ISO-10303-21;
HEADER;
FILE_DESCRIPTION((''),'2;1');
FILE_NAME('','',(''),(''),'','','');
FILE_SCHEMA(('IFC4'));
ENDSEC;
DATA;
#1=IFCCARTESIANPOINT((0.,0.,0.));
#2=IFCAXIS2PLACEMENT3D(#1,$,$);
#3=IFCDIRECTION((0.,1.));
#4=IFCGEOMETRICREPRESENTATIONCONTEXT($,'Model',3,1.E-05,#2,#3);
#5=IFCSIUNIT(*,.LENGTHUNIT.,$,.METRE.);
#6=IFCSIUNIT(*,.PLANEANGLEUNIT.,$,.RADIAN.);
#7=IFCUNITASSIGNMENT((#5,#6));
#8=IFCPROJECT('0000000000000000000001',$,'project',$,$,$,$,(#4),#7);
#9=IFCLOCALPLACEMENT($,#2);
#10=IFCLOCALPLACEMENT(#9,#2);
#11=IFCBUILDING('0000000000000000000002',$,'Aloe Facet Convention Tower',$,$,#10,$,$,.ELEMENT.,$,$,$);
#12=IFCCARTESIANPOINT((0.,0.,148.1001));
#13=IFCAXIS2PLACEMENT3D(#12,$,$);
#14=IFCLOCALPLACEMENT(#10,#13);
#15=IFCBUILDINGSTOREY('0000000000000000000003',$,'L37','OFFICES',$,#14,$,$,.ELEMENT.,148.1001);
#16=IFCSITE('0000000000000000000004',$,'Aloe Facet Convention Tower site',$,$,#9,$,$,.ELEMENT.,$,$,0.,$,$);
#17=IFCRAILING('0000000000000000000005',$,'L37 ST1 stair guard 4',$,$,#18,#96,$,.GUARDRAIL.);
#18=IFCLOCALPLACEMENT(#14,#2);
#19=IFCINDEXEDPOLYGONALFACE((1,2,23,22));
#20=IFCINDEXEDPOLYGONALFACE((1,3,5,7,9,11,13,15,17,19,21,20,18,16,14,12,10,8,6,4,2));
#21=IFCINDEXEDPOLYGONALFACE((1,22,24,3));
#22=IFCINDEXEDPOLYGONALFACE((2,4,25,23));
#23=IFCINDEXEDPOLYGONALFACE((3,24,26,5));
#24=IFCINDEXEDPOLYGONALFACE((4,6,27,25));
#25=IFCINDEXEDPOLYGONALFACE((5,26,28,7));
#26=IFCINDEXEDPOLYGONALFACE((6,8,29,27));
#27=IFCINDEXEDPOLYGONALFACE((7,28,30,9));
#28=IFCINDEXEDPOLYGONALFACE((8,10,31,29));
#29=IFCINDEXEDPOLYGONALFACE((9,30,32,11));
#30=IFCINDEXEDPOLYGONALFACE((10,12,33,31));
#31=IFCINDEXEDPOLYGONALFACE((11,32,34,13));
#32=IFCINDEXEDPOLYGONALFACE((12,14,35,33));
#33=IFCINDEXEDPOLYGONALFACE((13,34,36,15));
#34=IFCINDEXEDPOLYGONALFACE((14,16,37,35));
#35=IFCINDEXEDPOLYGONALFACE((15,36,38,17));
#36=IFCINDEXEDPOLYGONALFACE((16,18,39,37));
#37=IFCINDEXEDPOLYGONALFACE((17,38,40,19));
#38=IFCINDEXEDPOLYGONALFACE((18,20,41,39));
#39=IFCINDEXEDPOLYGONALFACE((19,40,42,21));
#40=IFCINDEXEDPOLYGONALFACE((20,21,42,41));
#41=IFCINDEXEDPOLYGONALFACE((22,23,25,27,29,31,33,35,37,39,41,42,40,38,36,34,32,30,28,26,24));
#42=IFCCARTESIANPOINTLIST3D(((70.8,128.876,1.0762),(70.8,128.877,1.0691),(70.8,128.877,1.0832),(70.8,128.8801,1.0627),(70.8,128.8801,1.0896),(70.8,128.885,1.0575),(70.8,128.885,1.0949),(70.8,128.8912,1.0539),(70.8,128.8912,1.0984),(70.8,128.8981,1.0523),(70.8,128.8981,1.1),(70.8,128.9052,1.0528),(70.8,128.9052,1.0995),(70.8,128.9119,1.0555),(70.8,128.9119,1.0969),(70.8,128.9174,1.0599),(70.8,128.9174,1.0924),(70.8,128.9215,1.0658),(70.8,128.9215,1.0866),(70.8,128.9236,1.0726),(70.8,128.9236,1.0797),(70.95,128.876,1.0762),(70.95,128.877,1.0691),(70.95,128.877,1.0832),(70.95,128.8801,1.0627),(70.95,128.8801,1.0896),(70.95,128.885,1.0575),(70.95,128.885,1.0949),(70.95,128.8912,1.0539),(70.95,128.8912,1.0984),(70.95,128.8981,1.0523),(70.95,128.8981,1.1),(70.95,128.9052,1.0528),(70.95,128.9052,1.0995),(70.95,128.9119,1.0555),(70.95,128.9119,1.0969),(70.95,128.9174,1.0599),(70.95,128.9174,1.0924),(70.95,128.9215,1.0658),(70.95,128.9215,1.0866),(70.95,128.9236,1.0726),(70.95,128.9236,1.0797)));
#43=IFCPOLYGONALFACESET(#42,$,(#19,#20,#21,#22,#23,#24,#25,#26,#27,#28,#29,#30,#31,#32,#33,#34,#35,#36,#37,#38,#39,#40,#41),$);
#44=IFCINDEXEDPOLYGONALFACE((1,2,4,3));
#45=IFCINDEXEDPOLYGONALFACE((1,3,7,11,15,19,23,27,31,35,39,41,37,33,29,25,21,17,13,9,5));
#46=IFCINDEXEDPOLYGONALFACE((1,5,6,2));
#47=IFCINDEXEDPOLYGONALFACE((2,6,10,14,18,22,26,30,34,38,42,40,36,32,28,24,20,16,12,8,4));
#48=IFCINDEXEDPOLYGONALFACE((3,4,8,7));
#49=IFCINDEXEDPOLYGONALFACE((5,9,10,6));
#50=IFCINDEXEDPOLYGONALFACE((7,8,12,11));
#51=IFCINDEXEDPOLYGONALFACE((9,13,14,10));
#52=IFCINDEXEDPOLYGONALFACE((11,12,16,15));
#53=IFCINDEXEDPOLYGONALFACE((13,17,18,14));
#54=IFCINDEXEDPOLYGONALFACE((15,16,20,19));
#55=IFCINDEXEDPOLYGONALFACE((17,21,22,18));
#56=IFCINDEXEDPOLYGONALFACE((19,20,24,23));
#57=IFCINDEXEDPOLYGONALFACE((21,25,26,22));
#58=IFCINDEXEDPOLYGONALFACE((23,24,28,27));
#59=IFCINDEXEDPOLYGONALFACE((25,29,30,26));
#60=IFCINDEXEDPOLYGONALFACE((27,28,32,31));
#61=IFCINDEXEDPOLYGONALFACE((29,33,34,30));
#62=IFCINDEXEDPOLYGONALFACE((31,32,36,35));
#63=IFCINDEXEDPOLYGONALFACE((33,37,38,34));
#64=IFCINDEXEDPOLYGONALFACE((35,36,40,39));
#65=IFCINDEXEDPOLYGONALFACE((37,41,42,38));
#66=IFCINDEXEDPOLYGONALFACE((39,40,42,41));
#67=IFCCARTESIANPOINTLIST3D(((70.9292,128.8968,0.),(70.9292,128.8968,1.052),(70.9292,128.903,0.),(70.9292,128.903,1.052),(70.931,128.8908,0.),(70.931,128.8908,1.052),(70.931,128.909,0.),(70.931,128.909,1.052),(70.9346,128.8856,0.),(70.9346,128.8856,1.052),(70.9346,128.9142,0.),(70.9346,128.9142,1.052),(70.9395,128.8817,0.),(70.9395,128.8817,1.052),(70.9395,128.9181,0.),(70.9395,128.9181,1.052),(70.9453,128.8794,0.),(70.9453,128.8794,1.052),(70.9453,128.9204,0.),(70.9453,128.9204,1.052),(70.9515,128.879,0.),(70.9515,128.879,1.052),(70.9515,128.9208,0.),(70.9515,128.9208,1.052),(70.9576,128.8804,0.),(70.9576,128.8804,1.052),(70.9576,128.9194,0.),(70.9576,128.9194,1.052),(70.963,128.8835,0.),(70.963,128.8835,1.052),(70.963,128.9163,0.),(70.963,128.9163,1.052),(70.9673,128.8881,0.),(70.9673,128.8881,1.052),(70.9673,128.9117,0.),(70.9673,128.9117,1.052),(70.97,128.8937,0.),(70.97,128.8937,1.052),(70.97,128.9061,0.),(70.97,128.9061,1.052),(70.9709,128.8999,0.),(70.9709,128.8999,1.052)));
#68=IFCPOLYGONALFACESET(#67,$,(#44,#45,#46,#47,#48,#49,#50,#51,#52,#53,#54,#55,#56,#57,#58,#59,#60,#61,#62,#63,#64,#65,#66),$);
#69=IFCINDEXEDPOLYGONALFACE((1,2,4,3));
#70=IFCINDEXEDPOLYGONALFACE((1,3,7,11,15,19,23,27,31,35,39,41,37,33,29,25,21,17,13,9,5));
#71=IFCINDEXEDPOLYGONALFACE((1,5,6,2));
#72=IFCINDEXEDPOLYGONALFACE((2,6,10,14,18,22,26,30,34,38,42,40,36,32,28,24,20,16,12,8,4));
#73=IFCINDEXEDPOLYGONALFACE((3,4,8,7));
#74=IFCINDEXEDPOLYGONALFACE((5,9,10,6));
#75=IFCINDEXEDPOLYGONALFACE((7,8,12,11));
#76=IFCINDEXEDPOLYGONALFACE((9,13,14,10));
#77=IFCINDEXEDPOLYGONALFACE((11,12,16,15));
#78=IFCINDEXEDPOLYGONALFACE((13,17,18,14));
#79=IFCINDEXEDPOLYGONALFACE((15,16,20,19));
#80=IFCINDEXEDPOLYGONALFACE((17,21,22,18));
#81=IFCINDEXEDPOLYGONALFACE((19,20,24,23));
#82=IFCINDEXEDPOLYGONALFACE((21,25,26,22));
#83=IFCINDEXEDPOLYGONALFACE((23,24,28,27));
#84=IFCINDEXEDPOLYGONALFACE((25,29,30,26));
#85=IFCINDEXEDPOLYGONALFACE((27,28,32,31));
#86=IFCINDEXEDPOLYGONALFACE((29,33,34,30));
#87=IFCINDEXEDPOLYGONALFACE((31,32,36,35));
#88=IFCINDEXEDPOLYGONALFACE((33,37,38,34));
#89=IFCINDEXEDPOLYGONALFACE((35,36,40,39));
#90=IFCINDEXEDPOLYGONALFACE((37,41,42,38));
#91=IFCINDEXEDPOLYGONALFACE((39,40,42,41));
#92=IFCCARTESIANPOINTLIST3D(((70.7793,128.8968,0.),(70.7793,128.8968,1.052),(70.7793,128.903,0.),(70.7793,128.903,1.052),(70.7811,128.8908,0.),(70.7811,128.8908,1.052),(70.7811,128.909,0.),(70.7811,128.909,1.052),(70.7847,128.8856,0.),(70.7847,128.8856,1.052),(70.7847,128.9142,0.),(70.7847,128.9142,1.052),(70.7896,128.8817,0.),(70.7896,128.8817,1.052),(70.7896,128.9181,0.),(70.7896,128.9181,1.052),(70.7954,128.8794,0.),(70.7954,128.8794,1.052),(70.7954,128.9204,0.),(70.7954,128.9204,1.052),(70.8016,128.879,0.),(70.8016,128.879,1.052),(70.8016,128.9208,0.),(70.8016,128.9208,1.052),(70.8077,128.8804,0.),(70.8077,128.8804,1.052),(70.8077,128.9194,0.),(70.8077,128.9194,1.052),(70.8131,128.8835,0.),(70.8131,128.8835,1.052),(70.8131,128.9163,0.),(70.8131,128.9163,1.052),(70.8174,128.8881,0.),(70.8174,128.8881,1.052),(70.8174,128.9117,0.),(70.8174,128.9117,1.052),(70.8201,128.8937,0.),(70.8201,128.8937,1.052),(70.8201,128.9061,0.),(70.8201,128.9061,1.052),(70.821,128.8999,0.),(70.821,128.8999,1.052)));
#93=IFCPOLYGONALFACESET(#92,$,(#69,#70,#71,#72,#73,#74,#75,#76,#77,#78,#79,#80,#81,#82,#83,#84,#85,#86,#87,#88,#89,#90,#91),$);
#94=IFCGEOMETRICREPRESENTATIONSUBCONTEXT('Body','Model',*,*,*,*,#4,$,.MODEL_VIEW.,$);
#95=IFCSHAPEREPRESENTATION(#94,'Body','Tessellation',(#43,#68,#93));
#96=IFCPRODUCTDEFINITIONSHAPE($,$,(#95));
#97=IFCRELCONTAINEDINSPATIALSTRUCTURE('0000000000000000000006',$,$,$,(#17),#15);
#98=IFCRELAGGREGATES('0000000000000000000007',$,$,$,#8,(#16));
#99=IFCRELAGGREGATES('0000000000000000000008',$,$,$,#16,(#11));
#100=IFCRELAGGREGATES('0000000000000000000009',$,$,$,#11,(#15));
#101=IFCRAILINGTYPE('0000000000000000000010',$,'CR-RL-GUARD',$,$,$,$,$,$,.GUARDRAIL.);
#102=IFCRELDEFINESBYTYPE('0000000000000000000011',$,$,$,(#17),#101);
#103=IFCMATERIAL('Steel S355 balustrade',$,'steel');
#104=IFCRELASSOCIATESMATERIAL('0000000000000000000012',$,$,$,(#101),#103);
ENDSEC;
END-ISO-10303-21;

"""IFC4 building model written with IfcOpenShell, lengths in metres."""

from ifc_helpers import new_model, si_unit, direction, frame, origin, origin_2d, place, context, subcontext, project, spatial, circle, extrude, material, type_object, element, save


model = new_model("IFC4")

# Units and contexts
model_context = context("Model", 3, precision=1e-05, world=origin(), true_north=direction((0.0, 1.0)))
body_context = subcontext(model_context, "Body", "Model", "MODEL_VIEW")
ifc_project = project(units=[si_unit("LENGTHUNIT", "METRE"), si_unit("PLANEANGLEUNIT", "RADIAN")], contexts=[model_context])

# Site, building, storey
site_placement = place(None, origin())
site = spatial("IfcSite", under=ifc_project, at=site_placement, Name="Aloe Facet Convention Tower site", CompositionType="ELEMENT", RefElevation=0.0)
building_placement = place(site_placement, origin())
building = spatial("IfcBuilding", under=site, at=building_placement, Name="Aloe Facet Convention Tower", CompositionType="ELEMENT")
storey_placement = place(building_placement, frame((0.0, 0.0, 148.1001)))
storey = spatial("IfcBuildingStorey", under=building, at=storey_placement, Name="L37", Description="OFFICES", CompositionType="ELEMENT", Elevation=148.1001)

# Railing
ifc_material_1 = material(Name="Steel S355 balustrade", Category="steel")
railing_type_1 = type_object("IfcRailingType", Name="CR-RL-GUARD", PredefinedType="GUARDRAIL", material=ifc_material_1)
railing_1_placement = place(storey_placement, frame((70.95, 128.8999, 0.0)))
element("IfcRailing", 1, at=railing_1_placement, inside=storey, type_object=railing_type_1, Name="L37 ST1 stair guard 4", PredefinedType="GUARDRAIL", context=body_context, shape_type="SweptSolid", body=[
    extrude(circle(Radius=0.0239, at=origin_2d()), frame((0.0, 0.0, 1.0762), z_axis=(-1.0, 0.0, 0.0), x_axis=(0.0, -1.0, 0.0)), (0.0, 0.0, 1.0), 0.1499),
    extrude(circle(Radius=0.021, at=origin_2d()), origin(), (0.0, 0.0, 1.0), 1.052),
    extrude(circle(Radius=0.021, at=origin_2d()), frame((-0.1499, 0.0, 0.0)), (0.0, 0.0, 1.0), 1.052),
])

save(model, "model.ifc")
